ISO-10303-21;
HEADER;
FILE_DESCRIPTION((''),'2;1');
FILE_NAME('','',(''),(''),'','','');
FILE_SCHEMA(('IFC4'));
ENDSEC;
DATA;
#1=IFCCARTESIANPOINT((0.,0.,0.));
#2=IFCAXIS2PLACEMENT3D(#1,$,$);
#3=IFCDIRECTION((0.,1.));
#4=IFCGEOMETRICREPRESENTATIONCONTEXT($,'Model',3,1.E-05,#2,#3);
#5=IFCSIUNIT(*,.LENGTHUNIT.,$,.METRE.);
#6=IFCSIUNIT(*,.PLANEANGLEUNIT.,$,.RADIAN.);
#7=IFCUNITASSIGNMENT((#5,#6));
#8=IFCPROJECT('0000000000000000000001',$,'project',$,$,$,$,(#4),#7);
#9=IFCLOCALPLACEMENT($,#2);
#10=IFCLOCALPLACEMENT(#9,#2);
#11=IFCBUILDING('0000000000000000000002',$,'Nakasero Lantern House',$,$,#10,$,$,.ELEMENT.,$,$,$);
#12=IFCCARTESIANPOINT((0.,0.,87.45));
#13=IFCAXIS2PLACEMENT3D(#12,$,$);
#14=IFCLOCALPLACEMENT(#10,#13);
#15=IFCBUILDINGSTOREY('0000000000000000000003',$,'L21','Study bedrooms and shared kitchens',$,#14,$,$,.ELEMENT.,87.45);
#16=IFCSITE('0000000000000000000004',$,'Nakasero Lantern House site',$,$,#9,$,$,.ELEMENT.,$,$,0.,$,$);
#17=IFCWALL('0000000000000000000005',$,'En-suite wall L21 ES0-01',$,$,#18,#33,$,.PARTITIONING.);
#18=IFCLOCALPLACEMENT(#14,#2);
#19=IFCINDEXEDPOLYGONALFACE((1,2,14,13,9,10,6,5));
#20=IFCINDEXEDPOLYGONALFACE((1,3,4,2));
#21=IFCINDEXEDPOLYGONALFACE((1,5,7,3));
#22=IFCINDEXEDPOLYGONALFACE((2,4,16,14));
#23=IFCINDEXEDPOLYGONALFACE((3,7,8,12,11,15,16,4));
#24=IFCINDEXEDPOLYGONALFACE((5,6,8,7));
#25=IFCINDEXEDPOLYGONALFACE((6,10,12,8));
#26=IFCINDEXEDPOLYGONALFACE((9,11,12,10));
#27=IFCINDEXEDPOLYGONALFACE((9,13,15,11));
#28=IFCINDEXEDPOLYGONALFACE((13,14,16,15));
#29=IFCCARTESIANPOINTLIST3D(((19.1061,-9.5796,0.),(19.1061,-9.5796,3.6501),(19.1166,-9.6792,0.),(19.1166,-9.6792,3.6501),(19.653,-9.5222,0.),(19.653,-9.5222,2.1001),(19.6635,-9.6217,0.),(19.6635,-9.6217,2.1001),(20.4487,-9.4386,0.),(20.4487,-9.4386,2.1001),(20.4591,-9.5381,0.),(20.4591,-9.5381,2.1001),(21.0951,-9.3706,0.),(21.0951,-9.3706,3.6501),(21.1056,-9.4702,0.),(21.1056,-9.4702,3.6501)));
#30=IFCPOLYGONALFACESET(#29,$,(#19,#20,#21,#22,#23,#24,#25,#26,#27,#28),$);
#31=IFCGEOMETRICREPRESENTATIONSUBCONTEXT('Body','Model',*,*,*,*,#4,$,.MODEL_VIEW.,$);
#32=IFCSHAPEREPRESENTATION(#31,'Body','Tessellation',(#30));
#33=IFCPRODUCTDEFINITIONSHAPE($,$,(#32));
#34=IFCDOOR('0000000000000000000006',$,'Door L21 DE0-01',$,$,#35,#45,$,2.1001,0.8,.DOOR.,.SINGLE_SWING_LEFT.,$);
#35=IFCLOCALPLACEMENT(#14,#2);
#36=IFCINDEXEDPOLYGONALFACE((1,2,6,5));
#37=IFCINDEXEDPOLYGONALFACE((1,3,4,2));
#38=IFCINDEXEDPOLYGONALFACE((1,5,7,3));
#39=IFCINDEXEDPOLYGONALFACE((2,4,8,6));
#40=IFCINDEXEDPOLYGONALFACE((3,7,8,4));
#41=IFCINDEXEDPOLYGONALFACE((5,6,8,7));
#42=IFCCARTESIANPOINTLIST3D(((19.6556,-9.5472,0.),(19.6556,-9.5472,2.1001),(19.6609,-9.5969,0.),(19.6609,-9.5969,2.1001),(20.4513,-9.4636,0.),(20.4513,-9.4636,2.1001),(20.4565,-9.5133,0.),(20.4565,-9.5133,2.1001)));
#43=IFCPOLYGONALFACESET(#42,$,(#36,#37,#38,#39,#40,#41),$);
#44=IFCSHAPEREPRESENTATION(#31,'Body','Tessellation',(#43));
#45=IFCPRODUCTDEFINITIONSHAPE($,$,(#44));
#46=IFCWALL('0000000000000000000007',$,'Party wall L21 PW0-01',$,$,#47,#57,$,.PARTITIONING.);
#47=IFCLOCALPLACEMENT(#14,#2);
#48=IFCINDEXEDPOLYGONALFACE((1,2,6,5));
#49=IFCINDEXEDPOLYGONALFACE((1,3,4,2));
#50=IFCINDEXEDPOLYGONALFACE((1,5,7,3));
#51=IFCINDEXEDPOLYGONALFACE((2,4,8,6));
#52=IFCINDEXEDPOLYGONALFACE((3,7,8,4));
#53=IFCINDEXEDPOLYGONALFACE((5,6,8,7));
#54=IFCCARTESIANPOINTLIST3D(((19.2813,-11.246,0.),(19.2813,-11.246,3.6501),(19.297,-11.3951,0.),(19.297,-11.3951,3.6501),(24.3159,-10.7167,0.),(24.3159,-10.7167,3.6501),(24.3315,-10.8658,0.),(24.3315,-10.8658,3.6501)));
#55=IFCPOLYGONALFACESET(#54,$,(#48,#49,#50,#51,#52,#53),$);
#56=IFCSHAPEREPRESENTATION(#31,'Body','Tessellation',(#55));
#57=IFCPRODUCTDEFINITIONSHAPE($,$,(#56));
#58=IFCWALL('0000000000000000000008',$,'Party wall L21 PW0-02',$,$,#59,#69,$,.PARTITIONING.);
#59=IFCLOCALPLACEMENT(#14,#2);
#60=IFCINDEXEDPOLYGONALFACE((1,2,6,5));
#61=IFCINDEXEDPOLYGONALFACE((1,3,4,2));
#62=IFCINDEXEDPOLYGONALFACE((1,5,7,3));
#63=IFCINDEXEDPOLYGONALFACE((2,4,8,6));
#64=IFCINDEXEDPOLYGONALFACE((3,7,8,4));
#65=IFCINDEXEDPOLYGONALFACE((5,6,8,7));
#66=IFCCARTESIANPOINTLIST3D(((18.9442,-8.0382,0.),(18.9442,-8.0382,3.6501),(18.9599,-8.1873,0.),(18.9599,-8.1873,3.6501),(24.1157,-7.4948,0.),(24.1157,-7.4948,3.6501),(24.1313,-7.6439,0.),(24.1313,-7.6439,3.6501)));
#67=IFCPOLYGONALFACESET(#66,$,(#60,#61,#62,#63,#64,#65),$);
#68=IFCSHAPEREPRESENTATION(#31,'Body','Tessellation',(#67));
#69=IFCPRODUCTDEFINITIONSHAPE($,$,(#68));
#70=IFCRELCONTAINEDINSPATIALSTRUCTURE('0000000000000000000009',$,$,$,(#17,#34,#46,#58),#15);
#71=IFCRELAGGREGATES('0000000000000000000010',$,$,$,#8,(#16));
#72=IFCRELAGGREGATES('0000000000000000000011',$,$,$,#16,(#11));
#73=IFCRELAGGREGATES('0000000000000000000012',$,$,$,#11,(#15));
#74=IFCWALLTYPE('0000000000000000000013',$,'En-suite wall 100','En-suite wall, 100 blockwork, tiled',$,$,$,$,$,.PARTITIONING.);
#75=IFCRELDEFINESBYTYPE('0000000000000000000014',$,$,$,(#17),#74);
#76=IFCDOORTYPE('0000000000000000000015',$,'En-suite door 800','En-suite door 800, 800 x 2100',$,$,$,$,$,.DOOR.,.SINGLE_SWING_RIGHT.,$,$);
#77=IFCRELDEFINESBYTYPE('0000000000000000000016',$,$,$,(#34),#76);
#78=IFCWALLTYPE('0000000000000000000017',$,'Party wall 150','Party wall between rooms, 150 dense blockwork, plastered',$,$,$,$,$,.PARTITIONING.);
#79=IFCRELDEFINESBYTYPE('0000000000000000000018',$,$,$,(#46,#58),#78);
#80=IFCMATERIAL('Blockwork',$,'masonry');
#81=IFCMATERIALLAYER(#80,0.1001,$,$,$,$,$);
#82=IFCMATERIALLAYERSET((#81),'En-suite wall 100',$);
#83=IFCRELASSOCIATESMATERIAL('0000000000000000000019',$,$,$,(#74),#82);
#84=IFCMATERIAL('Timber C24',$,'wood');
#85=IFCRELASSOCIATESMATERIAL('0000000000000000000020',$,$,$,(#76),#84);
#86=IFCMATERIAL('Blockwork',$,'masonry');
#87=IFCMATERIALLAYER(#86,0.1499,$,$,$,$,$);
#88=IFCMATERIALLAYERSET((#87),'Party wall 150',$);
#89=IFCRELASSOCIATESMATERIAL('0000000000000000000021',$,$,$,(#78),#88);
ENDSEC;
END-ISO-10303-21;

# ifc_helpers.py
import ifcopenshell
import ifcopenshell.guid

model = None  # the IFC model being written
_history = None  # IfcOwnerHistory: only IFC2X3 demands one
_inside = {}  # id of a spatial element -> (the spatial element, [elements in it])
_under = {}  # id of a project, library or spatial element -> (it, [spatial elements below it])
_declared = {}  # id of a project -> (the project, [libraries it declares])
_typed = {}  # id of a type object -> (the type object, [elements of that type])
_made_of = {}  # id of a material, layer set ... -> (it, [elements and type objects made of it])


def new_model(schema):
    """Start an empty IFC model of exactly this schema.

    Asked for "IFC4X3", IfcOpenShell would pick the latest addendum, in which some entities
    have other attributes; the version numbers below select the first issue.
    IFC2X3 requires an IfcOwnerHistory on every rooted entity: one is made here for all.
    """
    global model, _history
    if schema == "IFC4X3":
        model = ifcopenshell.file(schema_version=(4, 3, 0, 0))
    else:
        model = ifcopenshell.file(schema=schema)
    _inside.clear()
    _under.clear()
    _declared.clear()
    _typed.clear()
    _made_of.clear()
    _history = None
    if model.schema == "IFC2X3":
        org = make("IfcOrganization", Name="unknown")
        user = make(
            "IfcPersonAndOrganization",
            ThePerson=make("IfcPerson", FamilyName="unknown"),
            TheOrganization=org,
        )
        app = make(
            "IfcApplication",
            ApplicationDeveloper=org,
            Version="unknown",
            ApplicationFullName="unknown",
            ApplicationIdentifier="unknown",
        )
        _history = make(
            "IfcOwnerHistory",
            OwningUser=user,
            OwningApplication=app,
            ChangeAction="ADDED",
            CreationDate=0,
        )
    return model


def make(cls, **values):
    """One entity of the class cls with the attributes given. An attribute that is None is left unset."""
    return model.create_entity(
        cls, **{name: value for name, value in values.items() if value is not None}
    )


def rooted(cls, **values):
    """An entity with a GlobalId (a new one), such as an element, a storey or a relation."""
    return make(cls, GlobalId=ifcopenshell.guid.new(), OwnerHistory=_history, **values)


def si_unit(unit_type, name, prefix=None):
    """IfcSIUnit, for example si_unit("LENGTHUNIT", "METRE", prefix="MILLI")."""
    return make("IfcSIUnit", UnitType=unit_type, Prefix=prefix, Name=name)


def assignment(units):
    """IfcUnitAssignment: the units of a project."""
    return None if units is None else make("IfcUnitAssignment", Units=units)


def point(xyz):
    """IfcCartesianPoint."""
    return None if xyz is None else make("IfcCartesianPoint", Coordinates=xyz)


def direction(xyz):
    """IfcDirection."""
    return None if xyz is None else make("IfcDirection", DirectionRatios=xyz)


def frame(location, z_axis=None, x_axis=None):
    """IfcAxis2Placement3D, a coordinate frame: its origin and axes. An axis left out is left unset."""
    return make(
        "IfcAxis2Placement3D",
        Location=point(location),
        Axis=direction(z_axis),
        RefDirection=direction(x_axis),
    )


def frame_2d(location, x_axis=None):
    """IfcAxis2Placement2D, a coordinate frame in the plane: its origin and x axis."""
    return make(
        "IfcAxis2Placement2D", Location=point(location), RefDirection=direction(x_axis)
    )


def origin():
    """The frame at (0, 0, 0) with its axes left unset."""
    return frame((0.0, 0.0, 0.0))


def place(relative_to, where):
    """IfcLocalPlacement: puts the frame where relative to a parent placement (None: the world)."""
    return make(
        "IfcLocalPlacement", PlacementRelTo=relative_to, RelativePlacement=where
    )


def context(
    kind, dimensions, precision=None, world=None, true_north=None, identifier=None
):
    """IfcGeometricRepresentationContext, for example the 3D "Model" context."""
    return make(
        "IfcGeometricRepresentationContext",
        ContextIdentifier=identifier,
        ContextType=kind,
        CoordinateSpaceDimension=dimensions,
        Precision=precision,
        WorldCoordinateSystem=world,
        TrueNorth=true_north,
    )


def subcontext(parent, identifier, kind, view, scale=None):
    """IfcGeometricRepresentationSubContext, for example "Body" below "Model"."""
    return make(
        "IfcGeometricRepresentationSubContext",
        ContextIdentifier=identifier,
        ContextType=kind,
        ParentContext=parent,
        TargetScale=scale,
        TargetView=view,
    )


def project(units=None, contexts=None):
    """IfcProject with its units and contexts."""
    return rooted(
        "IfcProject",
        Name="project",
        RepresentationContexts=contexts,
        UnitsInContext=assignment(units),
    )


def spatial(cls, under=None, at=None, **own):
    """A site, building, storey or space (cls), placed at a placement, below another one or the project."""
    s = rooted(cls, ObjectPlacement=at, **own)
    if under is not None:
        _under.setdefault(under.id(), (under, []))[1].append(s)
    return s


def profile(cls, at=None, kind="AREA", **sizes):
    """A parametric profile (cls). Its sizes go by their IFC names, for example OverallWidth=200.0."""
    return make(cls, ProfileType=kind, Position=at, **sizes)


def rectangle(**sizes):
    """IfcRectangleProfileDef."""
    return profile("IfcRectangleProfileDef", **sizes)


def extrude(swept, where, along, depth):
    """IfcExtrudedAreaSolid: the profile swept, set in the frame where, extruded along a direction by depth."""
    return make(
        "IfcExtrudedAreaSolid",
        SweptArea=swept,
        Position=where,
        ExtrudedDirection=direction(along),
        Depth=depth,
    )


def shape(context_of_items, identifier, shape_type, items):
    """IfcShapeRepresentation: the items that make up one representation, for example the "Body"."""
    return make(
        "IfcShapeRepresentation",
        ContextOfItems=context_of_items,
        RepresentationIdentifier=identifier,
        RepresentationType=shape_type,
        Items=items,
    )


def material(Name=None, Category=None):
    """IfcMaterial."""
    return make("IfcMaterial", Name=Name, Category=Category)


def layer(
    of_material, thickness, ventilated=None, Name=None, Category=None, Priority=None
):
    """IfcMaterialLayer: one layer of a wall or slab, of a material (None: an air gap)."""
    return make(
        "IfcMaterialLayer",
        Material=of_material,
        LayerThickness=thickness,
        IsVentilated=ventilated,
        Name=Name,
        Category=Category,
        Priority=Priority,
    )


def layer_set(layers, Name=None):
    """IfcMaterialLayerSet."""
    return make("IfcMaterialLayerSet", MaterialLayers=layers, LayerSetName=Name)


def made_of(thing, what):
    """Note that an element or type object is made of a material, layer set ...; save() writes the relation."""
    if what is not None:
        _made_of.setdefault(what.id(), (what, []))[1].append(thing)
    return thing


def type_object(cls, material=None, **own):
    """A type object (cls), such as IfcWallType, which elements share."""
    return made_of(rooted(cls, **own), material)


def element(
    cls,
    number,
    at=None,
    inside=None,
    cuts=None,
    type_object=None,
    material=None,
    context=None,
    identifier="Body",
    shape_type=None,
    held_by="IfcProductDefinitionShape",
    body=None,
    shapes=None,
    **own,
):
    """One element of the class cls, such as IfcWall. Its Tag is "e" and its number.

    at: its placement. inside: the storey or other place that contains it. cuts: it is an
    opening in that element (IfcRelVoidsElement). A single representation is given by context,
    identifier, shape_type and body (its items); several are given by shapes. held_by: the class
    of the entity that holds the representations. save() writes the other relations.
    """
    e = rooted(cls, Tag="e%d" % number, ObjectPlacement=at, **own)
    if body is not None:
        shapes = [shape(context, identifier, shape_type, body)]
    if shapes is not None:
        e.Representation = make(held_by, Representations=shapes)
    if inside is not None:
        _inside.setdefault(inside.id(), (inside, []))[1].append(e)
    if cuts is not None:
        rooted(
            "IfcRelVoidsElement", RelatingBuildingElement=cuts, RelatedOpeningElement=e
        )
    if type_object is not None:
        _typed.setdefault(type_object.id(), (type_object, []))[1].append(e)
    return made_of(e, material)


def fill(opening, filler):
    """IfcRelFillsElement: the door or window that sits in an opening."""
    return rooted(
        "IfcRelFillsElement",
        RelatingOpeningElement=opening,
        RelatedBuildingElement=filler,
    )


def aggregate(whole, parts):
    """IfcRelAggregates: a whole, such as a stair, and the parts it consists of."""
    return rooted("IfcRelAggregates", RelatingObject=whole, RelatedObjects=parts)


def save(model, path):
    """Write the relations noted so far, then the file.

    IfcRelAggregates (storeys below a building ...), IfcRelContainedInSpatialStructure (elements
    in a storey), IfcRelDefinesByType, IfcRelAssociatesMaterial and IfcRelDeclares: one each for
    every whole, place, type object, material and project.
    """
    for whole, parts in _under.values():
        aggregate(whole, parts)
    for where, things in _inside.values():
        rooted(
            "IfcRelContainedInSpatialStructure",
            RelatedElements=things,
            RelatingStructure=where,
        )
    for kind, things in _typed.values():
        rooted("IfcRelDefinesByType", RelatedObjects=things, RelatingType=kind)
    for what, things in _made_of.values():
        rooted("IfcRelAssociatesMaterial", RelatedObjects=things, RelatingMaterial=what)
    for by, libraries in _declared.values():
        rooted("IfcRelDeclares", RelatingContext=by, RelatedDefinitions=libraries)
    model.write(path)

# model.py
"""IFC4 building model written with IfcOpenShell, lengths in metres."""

from ifc_helpers import new_model, si_unit, direction, frame, frame_2d, origin, place, context, subcontext, project, spatial, rectangle, extrude, material, layer, layer_set, type_object, element, fill, save


model = new_model("IFC4")

# Units and contexts
model_context = context("Model", 3, precision=1e-05, world=origin(), true_north=direction((0.0, 1.0)))
body_context = subcontext(model_context, "Body", "Model", "MODEL_VIEW")
ifc_project = project(units=[si_unit("LENGTHUNIT", "METRE"), si_unit("PLANEANGLEUNIT", "RADIAN")], contexts=[model_context])

# Site, building, storey
site_placement = place(None, origin())
site = spatial("IfcSite", under=ifc_project, at=site_placement, Name="Nakasero Lantern House site", CompositionType="ELEMENT", RefElevation=0.0)
building_placement = place(site_placement, origin())
building = spatial("IfcBuilding", under=site, at=building_placement, Name="Nakasero Lantern House", CompositionType="ELEMENT")
storey_placement = place(building_placement, frame((0.0, 0.0, 87.45)))
storey = spatial("IfcBuildingStorey", under=building, at=storey_placement, Name="L21", Description="Study bedrooms and shared kitchens", CompositionType="ELEMENT", Elevation=87.45)

# Shared definitions
ifc_material_1 = material(Name="Blockwork", Category="masonry")
ifc_layer_1 = layer(ifc_material_1, 0.1001)
ifc_layer_set_1 = layer_set([ifc_layer_1], Name="En-suite wall 100")
wall_type_1 = type_object("IfcWallType", Name="En-suite wall 100", Description="En-suite wall, 100 blockwork, tiled", PredefinedType="PARTITIONING", material=ifc_layer_set_1)

# Wall, opening, door
wall_1_placement = place(storey_placement, frame((19.1113, -9.6294, 0.0), z_axis=(0.0, 0.0, 1.0), x_axis=(0.994526, 0.104494, 0.0)))
wall_1 = element("IfcWall", 1, at=wall_1_placement, inside=storey, type_object=wall_type_1, Name="En-suite wall L21 ES0-01", PredefinedType="PARTITIONING", context=body_context, shape_type="SweptSolid", body=[
    extrude(rectangle(XDim=2.0, YDim=0.1001, at=frame_2d((1.0, 0.0))), origin(), (0.0, 0.0, 1.0), 3.6501),
])
opening_1_placement = place(wall_1_placement, frame((0.55, 0.0, 0.0)))
opening_1 = element("IfcOpeningElement", 2, at=opening_1_placement, cuts=wall_1, PredefinedType="OPENING", context=body_context, shape_type="SweptSolid", body=[
    extrude(rectangle(XDim=0.8, YDim=2.1001, at=frame_2d((0.3999, 1.05))), frame((0.0, 0.0701, 0.0), z_axis=(0.0, -1.0, 0.0), x_axis=(1.0, 0.0, 0.0)), (0.0, 0.0, 1.0), 0.1401),
])
ifc_material_2 = material(Name="Timber C24", Category="wood")
door_type_1 = type_object("IfcDoorType", Name="En-suite door 800", Description="En-suite door 800, 800 x 2100", OperationType="SINGLE_SWING_RIGHT", PredefinedType="DOOR", material=ifc_material_2)
door_1_placement = place(opening_1_placement, origin())
door_1 = element("IfcDoor", 3, at=door_1_placement, inside=storey, type_object=door_type_1, Name="Door L21 DE0-01", OperationType="SINGLE_SWING_LEFT", OverallHeight=2.1001, OverallWidth=0.8, PredefinedType="DOOR", context=body_context, shape_type="SweptSolid", body=[
    extrude(rectangle(XDim=0.8, YDim=2.1001, at=frame_2d((0.3999, 1.05))), frame((0.0, 0.0249, 0.0), z_axis=(0.0, -1.0, 0.0), x_axis=(1.0, 0.0, 0.0)), (0.0, 0.0, 1.0), 0.05),
])
fill(opening_1, door_1)

# Walls
ifc_material_3 = material(Name="Blockwork", Category="masonry")
ifc_layer_2 = layer(ifc_material_3, 0.1499)
ifc_layer_set_2 = layer_set([ifc_layer_2], Name="Party wall 150")
wall_type_2 = type_object("IfcWallType", Name="Party wall 150", Description="Party wall between rooms, 150 dense blockwork, plastered", PredefinedType="PARTITIONING", material=ifc_layer_set_2)
wall_2_placement = place(storey_placement, frame((19.2891, -11.3206, 0.0), z_axis=(0.0, 0.0, 1.0), x_axis=(0.994519, 0.104559, 0.0)))
element("IfcWall", 4, at=wall_2_placement, inside=storey, type_object=wall_type_2, Name="Party wall L21 PW0-01", PredefinedType="PARTITIONING", context=body_context, shape_type="SweptSolid", body=[
    extrude(rectangle(XDim=5.0623, YDim=0.1499, at=frame_2d((2.5312, 0.0))), origin(), (0.0, 0.0, 1.0), 3.6501),
])
wall_3_placement = place(storey_placement, frame((18.9519, -8.1128, 0.0), z_axis=(0.0, 0.0, 1.0), x_axis=(0.994523, 0.104514, 0.0)))
element("IfcWall", 5, at=wall_3_placement, inside=storey, type_object=wall_type_2, Name="Party wall L21 PW0-02", PredefinedType="PARTITIONING", context=body_context, shape_type="SweptSolid", body=[
    extrude(rectangle(XDim=5.2, YDim=0.1499, at=frame_2d((2.6001, 0.0))), origin(), (0.0, 0.0, 1.0), 3.6501),
])

save(model, "model.ifc")
